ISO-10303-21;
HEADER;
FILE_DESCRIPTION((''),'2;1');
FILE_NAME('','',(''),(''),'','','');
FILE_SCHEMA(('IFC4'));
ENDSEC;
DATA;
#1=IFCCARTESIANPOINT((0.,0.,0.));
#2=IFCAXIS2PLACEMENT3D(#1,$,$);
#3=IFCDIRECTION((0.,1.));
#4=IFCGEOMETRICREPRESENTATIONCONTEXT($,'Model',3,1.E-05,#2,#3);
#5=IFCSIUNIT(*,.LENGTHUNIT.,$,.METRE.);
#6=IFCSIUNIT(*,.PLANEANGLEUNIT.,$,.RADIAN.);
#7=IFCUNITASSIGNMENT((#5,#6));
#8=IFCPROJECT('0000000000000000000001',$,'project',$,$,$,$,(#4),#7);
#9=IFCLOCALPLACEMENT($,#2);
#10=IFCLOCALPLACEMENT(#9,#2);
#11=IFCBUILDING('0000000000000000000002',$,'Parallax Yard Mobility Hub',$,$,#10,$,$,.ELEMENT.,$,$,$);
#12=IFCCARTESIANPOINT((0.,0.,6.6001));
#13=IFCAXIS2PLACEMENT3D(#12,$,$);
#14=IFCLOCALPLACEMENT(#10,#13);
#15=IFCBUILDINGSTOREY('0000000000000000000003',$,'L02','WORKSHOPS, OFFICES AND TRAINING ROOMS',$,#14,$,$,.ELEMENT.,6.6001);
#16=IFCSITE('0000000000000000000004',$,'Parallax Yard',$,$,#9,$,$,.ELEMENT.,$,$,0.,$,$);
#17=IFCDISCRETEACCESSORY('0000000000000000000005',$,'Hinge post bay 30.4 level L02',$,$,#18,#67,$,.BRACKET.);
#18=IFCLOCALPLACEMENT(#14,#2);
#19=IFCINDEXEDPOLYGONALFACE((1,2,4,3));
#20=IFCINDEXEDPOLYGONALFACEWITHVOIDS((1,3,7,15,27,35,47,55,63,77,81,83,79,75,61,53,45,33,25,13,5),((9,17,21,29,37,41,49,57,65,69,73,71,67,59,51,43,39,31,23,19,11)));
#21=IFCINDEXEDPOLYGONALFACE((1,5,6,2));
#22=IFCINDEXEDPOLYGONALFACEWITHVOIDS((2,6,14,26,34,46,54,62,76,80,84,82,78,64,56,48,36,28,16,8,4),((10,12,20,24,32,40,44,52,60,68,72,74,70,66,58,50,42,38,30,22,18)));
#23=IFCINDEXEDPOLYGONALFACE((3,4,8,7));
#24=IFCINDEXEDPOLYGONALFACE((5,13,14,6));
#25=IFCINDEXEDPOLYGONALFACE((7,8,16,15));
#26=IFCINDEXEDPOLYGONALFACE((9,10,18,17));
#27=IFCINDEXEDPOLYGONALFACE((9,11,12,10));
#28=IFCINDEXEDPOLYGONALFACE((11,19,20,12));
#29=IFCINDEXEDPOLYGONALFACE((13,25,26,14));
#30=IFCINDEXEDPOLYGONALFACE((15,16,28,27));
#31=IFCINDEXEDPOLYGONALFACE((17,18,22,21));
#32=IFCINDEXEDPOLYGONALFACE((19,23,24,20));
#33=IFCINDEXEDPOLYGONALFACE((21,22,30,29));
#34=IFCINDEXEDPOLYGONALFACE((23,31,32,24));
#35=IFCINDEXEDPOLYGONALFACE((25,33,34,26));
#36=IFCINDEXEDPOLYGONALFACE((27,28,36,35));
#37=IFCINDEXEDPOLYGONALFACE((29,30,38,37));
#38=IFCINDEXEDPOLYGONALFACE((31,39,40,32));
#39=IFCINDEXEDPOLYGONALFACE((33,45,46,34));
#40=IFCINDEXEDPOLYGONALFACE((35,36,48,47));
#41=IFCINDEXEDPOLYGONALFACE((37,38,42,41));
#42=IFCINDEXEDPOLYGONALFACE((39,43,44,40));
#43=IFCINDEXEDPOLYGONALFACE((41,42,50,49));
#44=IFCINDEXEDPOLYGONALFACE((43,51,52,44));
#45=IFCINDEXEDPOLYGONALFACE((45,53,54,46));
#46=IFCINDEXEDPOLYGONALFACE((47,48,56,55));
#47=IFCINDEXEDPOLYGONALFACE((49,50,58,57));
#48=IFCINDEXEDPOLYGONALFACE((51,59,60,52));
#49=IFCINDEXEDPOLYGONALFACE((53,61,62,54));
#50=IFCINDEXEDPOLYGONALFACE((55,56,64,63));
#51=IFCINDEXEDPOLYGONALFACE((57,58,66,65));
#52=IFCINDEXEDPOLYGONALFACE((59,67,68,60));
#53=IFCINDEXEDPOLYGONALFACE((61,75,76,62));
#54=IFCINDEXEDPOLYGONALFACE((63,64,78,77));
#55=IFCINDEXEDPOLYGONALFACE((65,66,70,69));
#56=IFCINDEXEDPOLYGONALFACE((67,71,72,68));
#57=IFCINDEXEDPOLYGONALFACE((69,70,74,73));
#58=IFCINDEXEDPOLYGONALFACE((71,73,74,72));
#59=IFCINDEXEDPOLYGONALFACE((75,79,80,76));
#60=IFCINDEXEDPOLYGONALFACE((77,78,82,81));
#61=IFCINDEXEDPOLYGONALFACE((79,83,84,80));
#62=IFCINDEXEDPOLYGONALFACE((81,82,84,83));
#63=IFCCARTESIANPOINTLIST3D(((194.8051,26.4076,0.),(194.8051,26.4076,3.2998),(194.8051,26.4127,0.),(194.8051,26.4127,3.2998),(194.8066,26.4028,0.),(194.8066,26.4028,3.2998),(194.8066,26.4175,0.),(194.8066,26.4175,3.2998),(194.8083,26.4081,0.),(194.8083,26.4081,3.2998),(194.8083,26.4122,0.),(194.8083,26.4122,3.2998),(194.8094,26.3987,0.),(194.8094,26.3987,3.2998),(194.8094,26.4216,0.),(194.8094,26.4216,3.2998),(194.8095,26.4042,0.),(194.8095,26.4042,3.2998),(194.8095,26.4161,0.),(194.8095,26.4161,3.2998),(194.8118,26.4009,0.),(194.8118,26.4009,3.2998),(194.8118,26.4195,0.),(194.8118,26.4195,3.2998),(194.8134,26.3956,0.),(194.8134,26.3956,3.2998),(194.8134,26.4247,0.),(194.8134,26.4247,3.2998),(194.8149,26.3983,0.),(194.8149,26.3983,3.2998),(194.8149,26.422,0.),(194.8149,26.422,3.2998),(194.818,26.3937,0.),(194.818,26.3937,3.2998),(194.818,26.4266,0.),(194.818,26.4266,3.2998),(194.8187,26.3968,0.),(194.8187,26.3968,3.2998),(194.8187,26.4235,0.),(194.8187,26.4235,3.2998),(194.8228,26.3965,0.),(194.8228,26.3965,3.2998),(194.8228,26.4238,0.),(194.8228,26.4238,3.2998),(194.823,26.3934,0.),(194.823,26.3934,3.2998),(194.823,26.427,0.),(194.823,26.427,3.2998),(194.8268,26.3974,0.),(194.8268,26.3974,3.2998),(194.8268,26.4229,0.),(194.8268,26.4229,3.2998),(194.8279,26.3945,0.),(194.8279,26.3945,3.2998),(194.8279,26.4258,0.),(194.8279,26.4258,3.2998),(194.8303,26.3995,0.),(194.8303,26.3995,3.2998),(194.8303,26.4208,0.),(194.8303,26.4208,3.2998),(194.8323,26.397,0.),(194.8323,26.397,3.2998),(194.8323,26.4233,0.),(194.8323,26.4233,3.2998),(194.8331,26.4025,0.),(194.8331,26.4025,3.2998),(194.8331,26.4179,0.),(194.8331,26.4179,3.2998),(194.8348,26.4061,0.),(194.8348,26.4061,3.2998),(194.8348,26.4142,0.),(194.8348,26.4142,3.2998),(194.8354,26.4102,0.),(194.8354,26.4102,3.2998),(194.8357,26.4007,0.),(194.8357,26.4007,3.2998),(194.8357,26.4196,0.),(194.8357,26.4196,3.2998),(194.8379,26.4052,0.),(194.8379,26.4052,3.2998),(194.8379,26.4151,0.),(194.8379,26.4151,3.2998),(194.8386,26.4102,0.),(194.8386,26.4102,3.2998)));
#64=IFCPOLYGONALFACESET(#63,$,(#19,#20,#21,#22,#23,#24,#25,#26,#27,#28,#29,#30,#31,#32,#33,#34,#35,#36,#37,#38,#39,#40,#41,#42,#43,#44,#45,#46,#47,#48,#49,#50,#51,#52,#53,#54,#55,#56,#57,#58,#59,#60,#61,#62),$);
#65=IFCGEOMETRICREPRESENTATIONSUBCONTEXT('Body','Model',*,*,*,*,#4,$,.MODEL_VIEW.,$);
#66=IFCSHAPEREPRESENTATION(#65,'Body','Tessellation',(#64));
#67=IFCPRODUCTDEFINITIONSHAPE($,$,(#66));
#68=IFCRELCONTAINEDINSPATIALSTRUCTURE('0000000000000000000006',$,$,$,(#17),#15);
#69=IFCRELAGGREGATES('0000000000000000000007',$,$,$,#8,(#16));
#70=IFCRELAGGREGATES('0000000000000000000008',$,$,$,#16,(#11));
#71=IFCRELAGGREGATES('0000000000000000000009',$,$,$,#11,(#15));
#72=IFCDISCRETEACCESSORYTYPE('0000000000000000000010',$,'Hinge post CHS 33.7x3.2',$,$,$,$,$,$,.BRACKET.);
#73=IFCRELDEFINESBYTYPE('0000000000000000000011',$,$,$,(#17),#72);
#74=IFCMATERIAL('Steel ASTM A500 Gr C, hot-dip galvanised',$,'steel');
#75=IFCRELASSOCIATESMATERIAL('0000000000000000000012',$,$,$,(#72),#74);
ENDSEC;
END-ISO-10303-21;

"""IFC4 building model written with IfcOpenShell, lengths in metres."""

from ifc_helpers import new_model, si_unit, direction, frame, origin, origin_2d, place, context, subcontext, project, spatial, hollow_circle, extrude, material, material_profile, profile_set, type_object, element, save


model = new_model("IFC4")

# Units and contexts
model_context = context("Model", 3, precision=1e-05, world=origin(), true_north=direction((0.0, 1.0)))
body_context = subcontext(model_context, "Body", "Model", "MODEL_VIEW")
ifc_project = project(units=[si_unit("LENGTHUNIT", "METRE"), si_unit("PLANEANGLEUNIT", "RADIAN")], contexts=[model_context])

# Site, building, storey
site_placement = place(None, origin())
site = spatial("IfcSite", under=ifc_project, at=site_placement, Name="Parallax Yard", CompositionType="ELEMENT", RefElevation=0.0)
building_placement = place(site_placement, origin())
building = spatial("IfcBuilding", under=site, at=building_placement, Name="Parallax Yard Mobility Hub", CompositionType="ELEMENT")
storey_placement = place(building_placement, frame((0.0, 0.0, 6.6001)))
storey = spatial("IfcBuildingStorey", under=building, at=storey_placement, Name="L02", Description="WORKSHOPS, OFFICES AND TRAINING ROOMS", CompositionType="ELEMENT", Elevation=6.6001)

# Discrete accessory
ifc_material_1 = material(Name="Steel ASTM A500 Gr C, hot-dip galvanised", Category="steel")
ifc_material_profile_1 = material_profile(ifc_material_1, hollow_circle(Radius=0.0168, WallThickness=0.0032, at=origin_2d()), Name="CHS 33.7x3.2")
ifc_profile_set_1 = profile_set([ifc_material_profile_1], Name="Steel ASTM A500 Gr C, hot-dip galvanised")
discrete_accessory_type_1 = type_object("IfcDiscreteAccessoryType", Name="Hinge post CHS 33.7x3.2", PredefinedType="BRACKET", material=ifc_profile_set_1)
for number, where, z_axis, x_axis, name in (
    (1, (194.8218, 26.4102, 0.0), (0.0, 0.0, 1.0), (1.0, 0.0, 0.0), "Hinge post bay 30.4 level L02"),
):
    element("IfcDiscreteAccessory", number, at=place(storey_placement, frame(where, z_axis=z_axis, x_axis=x_axis)), inside=storey, type_object=discrete_accessory_type_1, Name=name, PredefinedType="BRACKET", context=body_context, shape_type="SweptSolid", body=[
        extrude(hollow_circle(Radius=0.0168, WallThickness=0.0032, at=origin_2d()), origin(), (0.0, 0.0, 1.0), 3.2998),
    ])

save(model, "model.ifc")
